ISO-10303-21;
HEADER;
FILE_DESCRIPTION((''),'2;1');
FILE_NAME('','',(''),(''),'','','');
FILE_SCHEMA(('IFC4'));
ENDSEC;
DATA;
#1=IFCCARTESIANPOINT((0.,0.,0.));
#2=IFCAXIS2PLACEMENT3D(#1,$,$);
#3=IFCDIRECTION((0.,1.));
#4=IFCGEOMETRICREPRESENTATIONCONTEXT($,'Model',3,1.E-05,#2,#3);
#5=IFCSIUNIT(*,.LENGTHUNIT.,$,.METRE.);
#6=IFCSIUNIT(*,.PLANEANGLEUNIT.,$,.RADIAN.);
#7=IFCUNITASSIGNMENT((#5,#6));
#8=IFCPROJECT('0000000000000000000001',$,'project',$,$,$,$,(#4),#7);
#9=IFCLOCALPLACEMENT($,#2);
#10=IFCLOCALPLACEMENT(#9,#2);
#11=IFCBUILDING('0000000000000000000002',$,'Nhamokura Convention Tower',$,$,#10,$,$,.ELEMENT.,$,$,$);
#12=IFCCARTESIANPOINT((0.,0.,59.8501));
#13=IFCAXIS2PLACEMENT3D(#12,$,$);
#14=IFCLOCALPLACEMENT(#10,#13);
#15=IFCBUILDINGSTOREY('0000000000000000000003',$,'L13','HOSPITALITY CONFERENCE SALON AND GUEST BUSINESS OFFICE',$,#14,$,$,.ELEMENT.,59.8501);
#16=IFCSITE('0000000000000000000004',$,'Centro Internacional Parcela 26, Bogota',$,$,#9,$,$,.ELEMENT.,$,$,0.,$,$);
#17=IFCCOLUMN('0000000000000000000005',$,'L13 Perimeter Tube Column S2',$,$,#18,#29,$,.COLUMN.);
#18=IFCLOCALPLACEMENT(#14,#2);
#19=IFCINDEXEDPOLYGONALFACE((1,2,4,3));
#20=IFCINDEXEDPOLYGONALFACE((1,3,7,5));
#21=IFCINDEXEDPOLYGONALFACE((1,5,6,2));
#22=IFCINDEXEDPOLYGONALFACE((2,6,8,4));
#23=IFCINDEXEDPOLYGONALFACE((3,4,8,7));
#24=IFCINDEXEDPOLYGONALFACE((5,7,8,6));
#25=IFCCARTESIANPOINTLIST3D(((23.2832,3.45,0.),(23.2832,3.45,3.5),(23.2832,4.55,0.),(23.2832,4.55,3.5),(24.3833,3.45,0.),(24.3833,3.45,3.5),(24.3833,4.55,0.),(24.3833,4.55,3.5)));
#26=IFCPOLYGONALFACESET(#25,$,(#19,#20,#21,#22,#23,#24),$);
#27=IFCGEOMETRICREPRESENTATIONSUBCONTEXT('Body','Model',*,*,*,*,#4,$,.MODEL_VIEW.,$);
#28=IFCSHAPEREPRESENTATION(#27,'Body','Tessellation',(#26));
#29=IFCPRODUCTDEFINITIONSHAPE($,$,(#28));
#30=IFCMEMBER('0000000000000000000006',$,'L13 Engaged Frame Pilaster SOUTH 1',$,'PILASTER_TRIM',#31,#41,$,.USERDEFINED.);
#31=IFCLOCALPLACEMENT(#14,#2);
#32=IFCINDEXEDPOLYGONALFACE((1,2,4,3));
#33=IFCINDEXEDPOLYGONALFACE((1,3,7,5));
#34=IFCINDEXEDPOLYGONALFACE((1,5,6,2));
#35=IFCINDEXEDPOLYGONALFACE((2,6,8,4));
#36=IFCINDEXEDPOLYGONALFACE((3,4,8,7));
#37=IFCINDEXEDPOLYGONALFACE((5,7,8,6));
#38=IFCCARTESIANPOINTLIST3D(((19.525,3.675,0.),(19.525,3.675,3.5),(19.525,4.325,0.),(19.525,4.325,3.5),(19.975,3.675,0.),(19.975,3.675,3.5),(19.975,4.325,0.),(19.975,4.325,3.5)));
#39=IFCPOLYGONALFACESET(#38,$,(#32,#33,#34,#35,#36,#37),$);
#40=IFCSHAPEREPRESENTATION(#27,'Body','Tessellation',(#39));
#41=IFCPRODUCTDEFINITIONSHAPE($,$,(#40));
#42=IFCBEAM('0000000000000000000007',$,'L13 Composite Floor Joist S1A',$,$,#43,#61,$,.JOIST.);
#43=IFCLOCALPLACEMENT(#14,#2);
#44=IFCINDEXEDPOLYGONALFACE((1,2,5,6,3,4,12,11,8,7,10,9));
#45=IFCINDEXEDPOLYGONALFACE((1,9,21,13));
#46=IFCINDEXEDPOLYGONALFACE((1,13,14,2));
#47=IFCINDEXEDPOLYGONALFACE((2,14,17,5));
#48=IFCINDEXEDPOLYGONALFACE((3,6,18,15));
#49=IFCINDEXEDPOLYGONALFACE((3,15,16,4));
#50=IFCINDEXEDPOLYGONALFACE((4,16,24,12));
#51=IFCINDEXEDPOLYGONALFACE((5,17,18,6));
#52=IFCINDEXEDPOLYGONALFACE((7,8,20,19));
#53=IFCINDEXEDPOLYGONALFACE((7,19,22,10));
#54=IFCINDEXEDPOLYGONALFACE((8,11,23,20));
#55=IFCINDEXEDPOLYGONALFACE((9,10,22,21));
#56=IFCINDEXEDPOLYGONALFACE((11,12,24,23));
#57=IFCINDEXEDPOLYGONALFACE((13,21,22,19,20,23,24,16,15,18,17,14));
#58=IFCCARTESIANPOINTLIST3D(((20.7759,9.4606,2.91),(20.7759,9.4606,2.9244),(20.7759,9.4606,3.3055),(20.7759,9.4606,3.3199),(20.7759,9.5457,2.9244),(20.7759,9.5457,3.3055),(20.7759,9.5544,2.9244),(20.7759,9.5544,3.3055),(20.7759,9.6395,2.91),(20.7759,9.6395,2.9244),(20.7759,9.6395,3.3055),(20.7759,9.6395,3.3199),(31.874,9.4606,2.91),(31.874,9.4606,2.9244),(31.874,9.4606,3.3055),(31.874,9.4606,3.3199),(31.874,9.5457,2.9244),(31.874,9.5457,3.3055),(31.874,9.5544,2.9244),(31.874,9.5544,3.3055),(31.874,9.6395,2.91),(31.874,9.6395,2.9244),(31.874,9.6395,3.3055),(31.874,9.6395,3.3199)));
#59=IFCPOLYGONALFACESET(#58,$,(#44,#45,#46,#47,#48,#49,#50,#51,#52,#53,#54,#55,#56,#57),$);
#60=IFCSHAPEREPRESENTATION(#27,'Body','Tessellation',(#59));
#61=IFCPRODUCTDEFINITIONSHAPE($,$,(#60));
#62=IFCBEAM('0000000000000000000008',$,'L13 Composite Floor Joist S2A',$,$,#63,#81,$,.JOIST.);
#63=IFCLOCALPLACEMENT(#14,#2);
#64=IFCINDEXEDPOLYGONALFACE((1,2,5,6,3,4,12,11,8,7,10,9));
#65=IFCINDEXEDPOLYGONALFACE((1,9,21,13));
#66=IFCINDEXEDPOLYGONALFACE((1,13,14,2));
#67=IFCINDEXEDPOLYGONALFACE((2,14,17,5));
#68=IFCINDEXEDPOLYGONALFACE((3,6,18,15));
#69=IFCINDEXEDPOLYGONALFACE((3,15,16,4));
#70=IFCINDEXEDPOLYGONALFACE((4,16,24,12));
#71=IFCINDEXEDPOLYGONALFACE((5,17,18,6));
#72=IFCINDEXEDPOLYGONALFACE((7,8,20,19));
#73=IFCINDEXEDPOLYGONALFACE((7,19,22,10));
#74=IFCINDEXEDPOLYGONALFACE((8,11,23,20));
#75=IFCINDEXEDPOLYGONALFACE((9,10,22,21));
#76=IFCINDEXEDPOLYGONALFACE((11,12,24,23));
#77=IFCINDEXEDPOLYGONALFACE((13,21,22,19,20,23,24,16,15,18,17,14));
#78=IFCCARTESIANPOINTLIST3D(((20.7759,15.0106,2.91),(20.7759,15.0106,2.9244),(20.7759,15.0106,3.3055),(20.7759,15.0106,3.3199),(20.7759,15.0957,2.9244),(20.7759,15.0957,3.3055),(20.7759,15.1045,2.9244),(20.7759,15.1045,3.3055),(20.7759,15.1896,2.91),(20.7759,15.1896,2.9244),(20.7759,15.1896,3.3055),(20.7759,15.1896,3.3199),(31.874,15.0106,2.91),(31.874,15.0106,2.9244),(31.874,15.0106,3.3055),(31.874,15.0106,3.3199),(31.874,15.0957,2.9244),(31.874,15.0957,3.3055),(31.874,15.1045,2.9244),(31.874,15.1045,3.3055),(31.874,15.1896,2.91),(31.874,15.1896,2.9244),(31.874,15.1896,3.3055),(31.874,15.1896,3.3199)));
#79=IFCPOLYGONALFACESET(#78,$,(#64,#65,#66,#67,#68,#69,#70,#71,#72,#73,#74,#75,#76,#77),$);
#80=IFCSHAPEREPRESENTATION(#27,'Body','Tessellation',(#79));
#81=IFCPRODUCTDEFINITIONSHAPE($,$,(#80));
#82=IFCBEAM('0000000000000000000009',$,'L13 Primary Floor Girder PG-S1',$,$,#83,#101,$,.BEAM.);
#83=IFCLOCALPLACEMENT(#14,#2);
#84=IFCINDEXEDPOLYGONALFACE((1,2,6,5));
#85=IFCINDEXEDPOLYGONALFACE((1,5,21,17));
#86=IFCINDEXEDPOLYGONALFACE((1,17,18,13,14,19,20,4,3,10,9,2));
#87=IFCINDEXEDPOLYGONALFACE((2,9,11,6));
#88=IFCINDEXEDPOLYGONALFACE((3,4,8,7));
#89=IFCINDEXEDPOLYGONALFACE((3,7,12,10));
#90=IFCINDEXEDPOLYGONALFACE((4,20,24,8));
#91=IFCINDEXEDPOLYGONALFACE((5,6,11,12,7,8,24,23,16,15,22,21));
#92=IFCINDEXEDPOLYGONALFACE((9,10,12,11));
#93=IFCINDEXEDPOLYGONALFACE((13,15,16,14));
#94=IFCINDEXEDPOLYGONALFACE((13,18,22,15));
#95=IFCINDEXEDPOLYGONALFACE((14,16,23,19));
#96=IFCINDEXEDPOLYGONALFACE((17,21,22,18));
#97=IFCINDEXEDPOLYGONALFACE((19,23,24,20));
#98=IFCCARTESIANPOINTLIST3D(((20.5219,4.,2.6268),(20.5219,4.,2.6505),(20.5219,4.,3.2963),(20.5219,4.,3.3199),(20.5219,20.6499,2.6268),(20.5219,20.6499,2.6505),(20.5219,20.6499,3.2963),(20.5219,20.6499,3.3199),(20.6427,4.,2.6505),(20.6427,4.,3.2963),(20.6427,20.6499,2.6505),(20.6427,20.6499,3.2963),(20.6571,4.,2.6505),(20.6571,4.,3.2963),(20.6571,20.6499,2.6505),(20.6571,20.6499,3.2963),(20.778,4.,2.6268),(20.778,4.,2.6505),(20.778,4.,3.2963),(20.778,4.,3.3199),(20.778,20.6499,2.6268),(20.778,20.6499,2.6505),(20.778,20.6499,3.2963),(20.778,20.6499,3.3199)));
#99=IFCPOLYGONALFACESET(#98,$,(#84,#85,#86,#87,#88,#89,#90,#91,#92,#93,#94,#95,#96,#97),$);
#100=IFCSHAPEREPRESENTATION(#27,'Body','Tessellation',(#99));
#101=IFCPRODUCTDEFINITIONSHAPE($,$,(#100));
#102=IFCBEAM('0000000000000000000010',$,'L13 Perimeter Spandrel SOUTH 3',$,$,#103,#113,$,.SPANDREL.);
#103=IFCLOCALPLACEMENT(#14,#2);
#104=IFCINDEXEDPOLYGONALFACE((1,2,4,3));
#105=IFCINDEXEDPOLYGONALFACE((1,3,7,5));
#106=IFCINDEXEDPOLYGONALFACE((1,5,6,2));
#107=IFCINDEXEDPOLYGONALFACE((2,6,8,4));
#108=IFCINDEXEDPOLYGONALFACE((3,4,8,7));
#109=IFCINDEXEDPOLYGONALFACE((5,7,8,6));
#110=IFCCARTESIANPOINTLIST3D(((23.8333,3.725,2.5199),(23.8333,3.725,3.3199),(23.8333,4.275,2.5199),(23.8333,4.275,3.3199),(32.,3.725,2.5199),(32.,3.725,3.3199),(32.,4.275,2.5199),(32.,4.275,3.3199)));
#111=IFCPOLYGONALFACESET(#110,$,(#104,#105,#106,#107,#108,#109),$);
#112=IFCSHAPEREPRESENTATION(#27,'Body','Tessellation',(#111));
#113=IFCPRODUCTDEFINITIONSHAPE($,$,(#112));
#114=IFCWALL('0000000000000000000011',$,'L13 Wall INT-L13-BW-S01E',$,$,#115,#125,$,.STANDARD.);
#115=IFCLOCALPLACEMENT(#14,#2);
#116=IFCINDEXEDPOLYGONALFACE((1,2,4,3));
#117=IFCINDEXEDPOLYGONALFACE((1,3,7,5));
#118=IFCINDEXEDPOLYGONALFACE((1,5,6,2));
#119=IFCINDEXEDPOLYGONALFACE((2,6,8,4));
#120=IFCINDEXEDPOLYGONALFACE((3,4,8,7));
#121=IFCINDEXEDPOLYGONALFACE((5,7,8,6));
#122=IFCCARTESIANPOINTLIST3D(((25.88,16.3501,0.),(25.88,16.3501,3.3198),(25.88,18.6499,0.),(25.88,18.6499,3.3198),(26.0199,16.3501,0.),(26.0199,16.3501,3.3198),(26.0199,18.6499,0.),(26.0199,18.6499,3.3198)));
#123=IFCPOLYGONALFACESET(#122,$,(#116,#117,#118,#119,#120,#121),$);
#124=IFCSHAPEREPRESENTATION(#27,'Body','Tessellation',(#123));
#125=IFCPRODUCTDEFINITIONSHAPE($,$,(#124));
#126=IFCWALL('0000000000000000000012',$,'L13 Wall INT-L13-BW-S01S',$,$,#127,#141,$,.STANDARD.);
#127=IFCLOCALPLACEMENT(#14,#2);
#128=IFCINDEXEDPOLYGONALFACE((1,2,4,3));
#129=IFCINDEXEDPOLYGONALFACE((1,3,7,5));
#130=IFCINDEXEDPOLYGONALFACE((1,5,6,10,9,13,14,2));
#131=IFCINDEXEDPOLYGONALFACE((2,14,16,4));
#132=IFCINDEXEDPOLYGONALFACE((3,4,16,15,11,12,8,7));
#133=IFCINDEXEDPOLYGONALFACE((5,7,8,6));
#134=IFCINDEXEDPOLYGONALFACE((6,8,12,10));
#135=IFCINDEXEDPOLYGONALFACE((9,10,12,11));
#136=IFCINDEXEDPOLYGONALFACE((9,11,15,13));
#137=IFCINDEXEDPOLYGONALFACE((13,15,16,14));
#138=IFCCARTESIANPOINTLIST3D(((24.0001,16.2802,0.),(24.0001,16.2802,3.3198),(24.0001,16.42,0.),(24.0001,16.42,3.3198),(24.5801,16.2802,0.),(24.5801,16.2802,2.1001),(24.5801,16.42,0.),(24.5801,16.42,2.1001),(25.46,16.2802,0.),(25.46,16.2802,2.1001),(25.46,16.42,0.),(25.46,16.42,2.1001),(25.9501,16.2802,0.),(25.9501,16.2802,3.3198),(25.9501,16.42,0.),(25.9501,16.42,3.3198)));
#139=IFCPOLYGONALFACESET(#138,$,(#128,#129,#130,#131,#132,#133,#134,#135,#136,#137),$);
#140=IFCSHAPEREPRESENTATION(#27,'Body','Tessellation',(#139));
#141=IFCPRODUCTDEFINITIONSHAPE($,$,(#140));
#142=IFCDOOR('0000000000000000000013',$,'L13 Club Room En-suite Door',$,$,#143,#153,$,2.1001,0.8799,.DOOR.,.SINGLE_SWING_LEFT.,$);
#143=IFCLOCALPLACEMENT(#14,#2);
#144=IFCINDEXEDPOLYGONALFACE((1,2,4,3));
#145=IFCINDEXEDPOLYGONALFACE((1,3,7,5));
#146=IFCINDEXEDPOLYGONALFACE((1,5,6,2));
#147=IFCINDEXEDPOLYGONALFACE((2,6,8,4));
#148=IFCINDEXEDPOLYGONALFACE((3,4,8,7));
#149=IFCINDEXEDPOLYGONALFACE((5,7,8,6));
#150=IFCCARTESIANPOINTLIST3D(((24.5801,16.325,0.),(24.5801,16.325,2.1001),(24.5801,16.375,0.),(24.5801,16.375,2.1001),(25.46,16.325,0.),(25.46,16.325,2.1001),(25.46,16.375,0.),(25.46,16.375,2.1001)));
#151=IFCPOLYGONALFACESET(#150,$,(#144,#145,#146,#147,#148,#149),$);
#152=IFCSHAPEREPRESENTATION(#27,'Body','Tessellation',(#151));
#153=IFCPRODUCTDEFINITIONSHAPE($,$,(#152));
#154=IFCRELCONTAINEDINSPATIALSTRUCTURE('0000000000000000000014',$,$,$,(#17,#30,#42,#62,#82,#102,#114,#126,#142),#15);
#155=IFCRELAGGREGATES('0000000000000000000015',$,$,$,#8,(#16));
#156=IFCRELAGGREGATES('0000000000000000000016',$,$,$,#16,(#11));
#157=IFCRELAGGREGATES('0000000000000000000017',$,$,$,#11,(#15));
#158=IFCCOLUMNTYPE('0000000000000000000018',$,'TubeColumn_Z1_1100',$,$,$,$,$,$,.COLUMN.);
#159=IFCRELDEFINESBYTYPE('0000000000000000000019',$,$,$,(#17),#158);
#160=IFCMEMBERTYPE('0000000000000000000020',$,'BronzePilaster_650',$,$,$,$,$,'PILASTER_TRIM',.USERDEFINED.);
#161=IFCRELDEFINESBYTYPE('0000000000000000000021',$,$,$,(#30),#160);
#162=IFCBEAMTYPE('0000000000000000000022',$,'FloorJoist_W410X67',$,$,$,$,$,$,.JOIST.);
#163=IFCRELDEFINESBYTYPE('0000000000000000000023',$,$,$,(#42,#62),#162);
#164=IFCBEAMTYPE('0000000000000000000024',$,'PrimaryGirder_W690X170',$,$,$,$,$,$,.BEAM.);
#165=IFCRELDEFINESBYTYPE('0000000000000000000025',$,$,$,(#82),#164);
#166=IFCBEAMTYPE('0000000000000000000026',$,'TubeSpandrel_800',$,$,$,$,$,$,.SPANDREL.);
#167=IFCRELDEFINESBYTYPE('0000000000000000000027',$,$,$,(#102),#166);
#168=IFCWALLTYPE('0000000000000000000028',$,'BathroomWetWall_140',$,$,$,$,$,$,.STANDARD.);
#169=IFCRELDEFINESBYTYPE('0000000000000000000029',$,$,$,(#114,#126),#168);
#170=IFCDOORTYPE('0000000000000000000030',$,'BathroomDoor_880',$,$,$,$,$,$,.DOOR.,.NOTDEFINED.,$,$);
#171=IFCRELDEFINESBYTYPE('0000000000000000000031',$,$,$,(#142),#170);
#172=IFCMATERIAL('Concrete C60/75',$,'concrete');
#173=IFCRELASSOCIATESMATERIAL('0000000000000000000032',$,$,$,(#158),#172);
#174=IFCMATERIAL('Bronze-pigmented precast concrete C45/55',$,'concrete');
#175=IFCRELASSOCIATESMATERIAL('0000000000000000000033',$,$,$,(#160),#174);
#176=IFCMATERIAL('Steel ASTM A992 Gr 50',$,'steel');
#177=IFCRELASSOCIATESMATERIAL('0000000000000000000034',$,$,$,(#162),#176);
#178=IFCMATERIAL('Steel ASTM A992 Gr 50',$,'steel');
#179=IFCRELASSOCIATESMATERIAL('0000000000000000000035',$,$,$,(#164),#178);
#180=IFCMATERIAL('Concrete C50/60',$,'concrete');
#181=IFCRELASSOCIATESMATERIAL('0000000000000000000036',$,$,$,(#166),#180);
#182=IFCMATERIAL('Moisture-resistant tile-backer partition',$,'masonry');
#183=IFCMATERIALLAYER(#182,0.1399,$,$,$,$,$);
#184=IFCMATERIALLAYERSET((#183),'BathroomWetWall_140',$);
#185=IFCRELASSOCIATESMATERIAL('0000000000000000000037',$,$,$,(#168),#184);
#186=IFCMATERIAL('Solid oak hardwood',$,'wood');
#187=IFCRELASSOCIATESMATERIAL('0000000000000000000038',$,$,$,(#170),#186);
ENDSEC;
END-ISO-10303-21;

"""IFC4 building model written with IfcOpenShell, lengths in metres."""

from ifc_helpers import new_model, si_unit, direction, frame, frame_2d, origin, origin_2d, place, context, subcontext, project, spatial, rectangle, i_section, extrude, material, layer, layer_set, material_profile, profile_set, type_object, element, fill, save


model = new_model("IFC4")

# Units and contexts
model_context = context("Model", 3, precision=1e-05, world=origin(), true_north=direction((0.0, 1.0)))
body_context = subcontext(model_context, "Body", "Model", "MODEL_VIEW")
ifc_project = project(units=[si_unit("LENGTHUNIT", "METRE"), si_unit("PLANEANGLEUNIT", "RADIAN")], contexts=[model_context])

# Site, building, storey
site_placement = place(None, origin())
site = spatial("IfcSite", under=ifc_project, at=site_placement, Name="Centro Internacional Parcela 26, Bogota", CompositionType="ELEMENT", RefElevation=0.0)
building_placement = place(site_placement, origin())
building = spatial("IfcBuilding", under=site, at=building_placement, Name="Nhamokura Convention Tower", CompositionType="ELEMENT")
storey_placement = place(building_placement, frame((0.0, 0.0, 59.8501)))
storey = spatial("IfcBuildingStorey", under=building, at=storey_placement, Name="L13", Description="HOSPITALITY CONFERENCE SALON AND GUEST BUSINESS OFFICE", CompositionType="ELEMENT", Elevation=59.8501)

# Column
ifc_material_1 = material(Name="Concrete C60/75", Category="concrete")
ifc_material_profile_1 = material_profile(ifc_material_1, rectangle(XDim=1.1001, YDim=1.1001, at=origin_2d()))
ifc_profile_set_1 = profile_set([ifc_material_profile_1], Name="Concrete C60/75")
column_type = type_object("IfcColumnType", Name="TubeColumn_Z1_1100", PredefinedType="COLUMN", material=ifc_profile_set_1)
column_placement = place(storey_placement, frame((23.8333, 4.0, 0.0), z_axis=(0.0, 0.0, 1.0), x_axis=(1.0, 0.0, 0.0)))
element("IfcColumn", 1, at=column_placement, inside=storey, type_object=column_type, Name="L13 Perimeter Tube Column S2", PredefinedType="COLUMN", context=body_context, shape_type="SweptSolid", body=[
    extrude(rectangle(XDim=1.1001, YDim=1.1001, at=origin_2d()), origin(), (0.0, 0.0, 1.0), 3.5),
])

# Member
ifc_material_2 = material(Name="Bronze-pigmented precast concrete C45/55", Category="concrete")
ifc_material_profile_2 = material_profile(ifc_material_2, rectangle(XDim=0.45, YDim=0.6499, at=origin_2d()))
ifc_profile_set_2 = profile_set([ifc_material_profile_2], Name="Bronze-pigmented precast concrete C45/55")
member_type = type_object("IfcMemberType", Name="BronzePilaster_650", ElementType="PILASTER_TRIM", PredefinedType="USERDEFINED", material=ifc_profile_set_2)
member_placement = place(storey_placement, frame((19.75, 4.0, 0.0), z_axis=(0.0, 0.0, 1.0), x_axis=(1.0, 0.0, 0.0)))
element("IfcMember", 2, at=member_placement, inside=storey, type_object=member_type, Name="L13 Engaged Frame Pilaster SOUTH 1", ObjectType="PILASTER_TRIM", PredefinedType="USERDEFINED", context=body_context, shape_type="SweptSolid", body=[
    extrude(rectangle(XDim=0.45, YDim=0.6499, at=origin_2d()), origin(), (0.0, 0.0, 1.0), 3.5),
])

# Beams
ifc_material_3 = material(Name="Steel ASTM A992 Gr 50", Category="steel")
ifc_material_profile_3 = material_profile(ifc_material_3, i_section(OverallWidth=0.179, OverallDepth=0.4099, WebThickness=0.0088, FlangeThickness=0.0144, at=origin_2d()))
ifc_profile_set_3 = profile_set([ifc_material_profile_3], Name="Steel ASTM A992 Gr 50")
beam_type_1 = type_object("IfcBeamType", Name="FloorJoist_W410X67", PredefinedType="JOIST", material=ifc_profile_set_3)
for number, where, z_axis, x_axis, name in (
    (3, (20.7759, 9.55, 3.115), (1.0, 0.0, 0.0), (0.0, 1.0, 0.0), "L13 Composite Floor Joist S1A"),
    (4, (20.7759, 15.1001, 3.115), (1.0, 0.0, 0.0), (0.0, 1.0, 0.0), "L13 Composite Floor Joist S2A"),
):
    element("IfcBeam", number, at=place(storey_placement, frame(where, z_axis=z_axis, x_axis=x_axis)), inside=storey, type_object=beam_type_1, Name=name, PredefinedType="JOIST", context=body_context, shape_type="SweptSolid", body=[
        extrude(i_section(OverallWidth=0.179, OverallDepth=0.4099, WebThickness=0.0088, FlangeThickness=0.0144, at=origin_2d()), origin(), (0.0, 0.0, 1.0), 11.0981),
    ])
ifc_material_4 = material(Name="Steel ASTM A992 Gr 50", Category="steel")
ifc_material_profile_4 = material_profile(ifc_material_4, i_section(OverallWidth=0.2561, OverallDepth=0.6931, WebThickness=0.0144, FlangeThickness=0.0237, at=origin_2d()))
ifc_profile_set_4 = profile_set([ifc_material_profile_4], Name="Steel ASTM A992 Gr 50")
beam_type_2 = type_object("IfcBeamType", Name="PrimaryGirder_W690X170", PredefinedType="BEAM", material=ifc_profile_set_4)
beam_1_placement = place(storey_placement, frame((20.6499, 4.0, 2.9734), z_axis=(0.0, 1.0, 0.0), x_axis=(-1.0, 0.0, 0.0)))
element("IfcBeam", 5, at=beam_1_placement, inside=storey, type_object=beam_type_2, Name="L13 Primary Floor Girder PG-S1", PredefinedType="BEAM", context=body_context, shape_type="SweptSolid", body=[
    extrude(i_section(OverallWidth=0.2561, OverallDepth=0.6931, WebThickness=0.0144, FlangeThickness=0.0237, at=origin_2d()), origin(), (0.0, 0.0, 1.0), 16.6499),
])
ifc_material_5 = material(Name="Concrete C50/60", Category="concrete")
ifc_material_profile_5 = material_profile(ifc_material_5, rectangle(XDim=0.55, YDim=0.8, at=origin_2d()))
ifc_profile_set_5 = profile_set([ifc_material_profile_5], Name="Concrete C50/60")
beam_type_3 = type_object("IfcBeamType", Name="TubeSpandrel_800", PredefinedType="SPANDREL", material=ifc_profile_set_5)
beam_2_placement = place(storey_placement, frame((23.8333, 4.0, 2.9199), z_axis=(1.0, 0.0, 0.0), x_axis=(0.0, 1.0, 0.0)))
element("IfcBeam", 6, at=beam_2_placement, inside=storey, type_object=beam_type_3, Name="L13 Perimeter Spandrel SOUTH 3", PredefinedType="SPANDREL", context=body_context, shape_type="SweptSolid", body=[
    extrude(rectangle(XDim=0.55, YDim=0.8, at=origin_2d()), origin(), (0.0, 0.0, 1.0), 8.1667),
])

# Wall
ifc_material_6 = material(Name="Moisture-resistant tile-backer partition", Category="masonry")
ifc_layer_1 = layer(ifc_material_6, 0.1399)
ifc_layer_set_1 = layer_set([ifc_layer_1], Name="BathroomWetWall_140")
wall_type_1 = type_object("IfcWallType", Name="BathroomWetWall_140", PredefinedType="STANDARD", material=ifc_layer_set_1)
wall_1_placement = place(storey_placement, frame((25.95, 16.3501, 0.0), z_axis=(0.0, 0.0, 1.0), x_axis=(0.0, 1.0, 0.0)))
element("IfcWall", 7, at=wall_1_placement, inside=storey, type_object=wall_type_1, Name="L13 Wall INT-L13-BW-S01E", PredefinedType="STANDARD", context=body_context, shape_type="SweptSolid", body=[
    extrude(rectangle(XDim=2.2998, YDim=0.1399, at=frame_2d((1.1499, 0.0))), origin(), (0.0, 0.0, 1.0), 3.3198),
])

# Wall, opening, door
wall_2_placement = place(storey_placement, frame((24.0, 16.3501, 0.0), z_axis=(0.0, 0.0, 1.0), x_axis=(1.0, 0.0, 0.0)))
wall_2 = element("IfcWall", 8, at=wall_2_placement, inside=storey, type_object=wall_type_1, Name="L13 Wall INT-L13-BW-S01S", PredefinedType="STANDARD", context=body_context, shape_type="SweptSolid", body=[
    extrude(rectangle(XDim=1.95, YDim=0.1399, at=frame_2d((0.9751, 0.0))), origin(), (0.0, 0.0, 1.0), 3.3198),
])
opening_1_placement = place(wall_2_placement, frame((0.5801, 0.0, 0.0)))
opening_1 = element("IfcOpeningElement", 9, at=opening_1_placement, cuts=wall_2, PredefinedType="OPENING", context=body_context, shape_type="SweptSolid", body=[
    extrude(rectangle(XDim=0.8799, YDim=2.1001, at=frame_2d((0.4399, 1.05))), frame((0.0, 0.0798, 0.0), z_axis=(0.0, -1.0, 0.0), x_axis=(1.0, 0.0, 0.0)), (0.0, 0.0, 1.0), 0.1599),
])
ifc_material_7 = material(Name="Solid oak hardwood", Category="wood")
door_type_1 = type_object("IfcDoorType", Name="BathroomDoor_880", OperationType="NOTDEFINED", PredefinedType="DOOR", material=ifc_material_7)
door_1_placement = place(opening_1_placement, origin())
door_1 = element("IfcDoor", 10, at=door_1_placement, inside=storey, type_object=door_type_1, Name="L13 Club Room En-suite Door", OperationType="SINGLE_SWING_LEFT", OverallHeight=2.1001, OverallWidth=0.8799, PredefinedType="DOOR", context=body_context, shape_type="SweptSolid", body=[
    extrude(rectangle(XDim=0.8799, YDim=2.1001, at=frame_2d((0.4399, 1.05))), frame((0.0, 0.0249, 0.0), z_axis=(0.0, -1.0, 0.0), x_axis=(1.0, 0.0, 0.0)), (0.0, 0.0, 1.0), 0.05),
])
fill(opening_1, door_1)

save(model, "model.ifc")
